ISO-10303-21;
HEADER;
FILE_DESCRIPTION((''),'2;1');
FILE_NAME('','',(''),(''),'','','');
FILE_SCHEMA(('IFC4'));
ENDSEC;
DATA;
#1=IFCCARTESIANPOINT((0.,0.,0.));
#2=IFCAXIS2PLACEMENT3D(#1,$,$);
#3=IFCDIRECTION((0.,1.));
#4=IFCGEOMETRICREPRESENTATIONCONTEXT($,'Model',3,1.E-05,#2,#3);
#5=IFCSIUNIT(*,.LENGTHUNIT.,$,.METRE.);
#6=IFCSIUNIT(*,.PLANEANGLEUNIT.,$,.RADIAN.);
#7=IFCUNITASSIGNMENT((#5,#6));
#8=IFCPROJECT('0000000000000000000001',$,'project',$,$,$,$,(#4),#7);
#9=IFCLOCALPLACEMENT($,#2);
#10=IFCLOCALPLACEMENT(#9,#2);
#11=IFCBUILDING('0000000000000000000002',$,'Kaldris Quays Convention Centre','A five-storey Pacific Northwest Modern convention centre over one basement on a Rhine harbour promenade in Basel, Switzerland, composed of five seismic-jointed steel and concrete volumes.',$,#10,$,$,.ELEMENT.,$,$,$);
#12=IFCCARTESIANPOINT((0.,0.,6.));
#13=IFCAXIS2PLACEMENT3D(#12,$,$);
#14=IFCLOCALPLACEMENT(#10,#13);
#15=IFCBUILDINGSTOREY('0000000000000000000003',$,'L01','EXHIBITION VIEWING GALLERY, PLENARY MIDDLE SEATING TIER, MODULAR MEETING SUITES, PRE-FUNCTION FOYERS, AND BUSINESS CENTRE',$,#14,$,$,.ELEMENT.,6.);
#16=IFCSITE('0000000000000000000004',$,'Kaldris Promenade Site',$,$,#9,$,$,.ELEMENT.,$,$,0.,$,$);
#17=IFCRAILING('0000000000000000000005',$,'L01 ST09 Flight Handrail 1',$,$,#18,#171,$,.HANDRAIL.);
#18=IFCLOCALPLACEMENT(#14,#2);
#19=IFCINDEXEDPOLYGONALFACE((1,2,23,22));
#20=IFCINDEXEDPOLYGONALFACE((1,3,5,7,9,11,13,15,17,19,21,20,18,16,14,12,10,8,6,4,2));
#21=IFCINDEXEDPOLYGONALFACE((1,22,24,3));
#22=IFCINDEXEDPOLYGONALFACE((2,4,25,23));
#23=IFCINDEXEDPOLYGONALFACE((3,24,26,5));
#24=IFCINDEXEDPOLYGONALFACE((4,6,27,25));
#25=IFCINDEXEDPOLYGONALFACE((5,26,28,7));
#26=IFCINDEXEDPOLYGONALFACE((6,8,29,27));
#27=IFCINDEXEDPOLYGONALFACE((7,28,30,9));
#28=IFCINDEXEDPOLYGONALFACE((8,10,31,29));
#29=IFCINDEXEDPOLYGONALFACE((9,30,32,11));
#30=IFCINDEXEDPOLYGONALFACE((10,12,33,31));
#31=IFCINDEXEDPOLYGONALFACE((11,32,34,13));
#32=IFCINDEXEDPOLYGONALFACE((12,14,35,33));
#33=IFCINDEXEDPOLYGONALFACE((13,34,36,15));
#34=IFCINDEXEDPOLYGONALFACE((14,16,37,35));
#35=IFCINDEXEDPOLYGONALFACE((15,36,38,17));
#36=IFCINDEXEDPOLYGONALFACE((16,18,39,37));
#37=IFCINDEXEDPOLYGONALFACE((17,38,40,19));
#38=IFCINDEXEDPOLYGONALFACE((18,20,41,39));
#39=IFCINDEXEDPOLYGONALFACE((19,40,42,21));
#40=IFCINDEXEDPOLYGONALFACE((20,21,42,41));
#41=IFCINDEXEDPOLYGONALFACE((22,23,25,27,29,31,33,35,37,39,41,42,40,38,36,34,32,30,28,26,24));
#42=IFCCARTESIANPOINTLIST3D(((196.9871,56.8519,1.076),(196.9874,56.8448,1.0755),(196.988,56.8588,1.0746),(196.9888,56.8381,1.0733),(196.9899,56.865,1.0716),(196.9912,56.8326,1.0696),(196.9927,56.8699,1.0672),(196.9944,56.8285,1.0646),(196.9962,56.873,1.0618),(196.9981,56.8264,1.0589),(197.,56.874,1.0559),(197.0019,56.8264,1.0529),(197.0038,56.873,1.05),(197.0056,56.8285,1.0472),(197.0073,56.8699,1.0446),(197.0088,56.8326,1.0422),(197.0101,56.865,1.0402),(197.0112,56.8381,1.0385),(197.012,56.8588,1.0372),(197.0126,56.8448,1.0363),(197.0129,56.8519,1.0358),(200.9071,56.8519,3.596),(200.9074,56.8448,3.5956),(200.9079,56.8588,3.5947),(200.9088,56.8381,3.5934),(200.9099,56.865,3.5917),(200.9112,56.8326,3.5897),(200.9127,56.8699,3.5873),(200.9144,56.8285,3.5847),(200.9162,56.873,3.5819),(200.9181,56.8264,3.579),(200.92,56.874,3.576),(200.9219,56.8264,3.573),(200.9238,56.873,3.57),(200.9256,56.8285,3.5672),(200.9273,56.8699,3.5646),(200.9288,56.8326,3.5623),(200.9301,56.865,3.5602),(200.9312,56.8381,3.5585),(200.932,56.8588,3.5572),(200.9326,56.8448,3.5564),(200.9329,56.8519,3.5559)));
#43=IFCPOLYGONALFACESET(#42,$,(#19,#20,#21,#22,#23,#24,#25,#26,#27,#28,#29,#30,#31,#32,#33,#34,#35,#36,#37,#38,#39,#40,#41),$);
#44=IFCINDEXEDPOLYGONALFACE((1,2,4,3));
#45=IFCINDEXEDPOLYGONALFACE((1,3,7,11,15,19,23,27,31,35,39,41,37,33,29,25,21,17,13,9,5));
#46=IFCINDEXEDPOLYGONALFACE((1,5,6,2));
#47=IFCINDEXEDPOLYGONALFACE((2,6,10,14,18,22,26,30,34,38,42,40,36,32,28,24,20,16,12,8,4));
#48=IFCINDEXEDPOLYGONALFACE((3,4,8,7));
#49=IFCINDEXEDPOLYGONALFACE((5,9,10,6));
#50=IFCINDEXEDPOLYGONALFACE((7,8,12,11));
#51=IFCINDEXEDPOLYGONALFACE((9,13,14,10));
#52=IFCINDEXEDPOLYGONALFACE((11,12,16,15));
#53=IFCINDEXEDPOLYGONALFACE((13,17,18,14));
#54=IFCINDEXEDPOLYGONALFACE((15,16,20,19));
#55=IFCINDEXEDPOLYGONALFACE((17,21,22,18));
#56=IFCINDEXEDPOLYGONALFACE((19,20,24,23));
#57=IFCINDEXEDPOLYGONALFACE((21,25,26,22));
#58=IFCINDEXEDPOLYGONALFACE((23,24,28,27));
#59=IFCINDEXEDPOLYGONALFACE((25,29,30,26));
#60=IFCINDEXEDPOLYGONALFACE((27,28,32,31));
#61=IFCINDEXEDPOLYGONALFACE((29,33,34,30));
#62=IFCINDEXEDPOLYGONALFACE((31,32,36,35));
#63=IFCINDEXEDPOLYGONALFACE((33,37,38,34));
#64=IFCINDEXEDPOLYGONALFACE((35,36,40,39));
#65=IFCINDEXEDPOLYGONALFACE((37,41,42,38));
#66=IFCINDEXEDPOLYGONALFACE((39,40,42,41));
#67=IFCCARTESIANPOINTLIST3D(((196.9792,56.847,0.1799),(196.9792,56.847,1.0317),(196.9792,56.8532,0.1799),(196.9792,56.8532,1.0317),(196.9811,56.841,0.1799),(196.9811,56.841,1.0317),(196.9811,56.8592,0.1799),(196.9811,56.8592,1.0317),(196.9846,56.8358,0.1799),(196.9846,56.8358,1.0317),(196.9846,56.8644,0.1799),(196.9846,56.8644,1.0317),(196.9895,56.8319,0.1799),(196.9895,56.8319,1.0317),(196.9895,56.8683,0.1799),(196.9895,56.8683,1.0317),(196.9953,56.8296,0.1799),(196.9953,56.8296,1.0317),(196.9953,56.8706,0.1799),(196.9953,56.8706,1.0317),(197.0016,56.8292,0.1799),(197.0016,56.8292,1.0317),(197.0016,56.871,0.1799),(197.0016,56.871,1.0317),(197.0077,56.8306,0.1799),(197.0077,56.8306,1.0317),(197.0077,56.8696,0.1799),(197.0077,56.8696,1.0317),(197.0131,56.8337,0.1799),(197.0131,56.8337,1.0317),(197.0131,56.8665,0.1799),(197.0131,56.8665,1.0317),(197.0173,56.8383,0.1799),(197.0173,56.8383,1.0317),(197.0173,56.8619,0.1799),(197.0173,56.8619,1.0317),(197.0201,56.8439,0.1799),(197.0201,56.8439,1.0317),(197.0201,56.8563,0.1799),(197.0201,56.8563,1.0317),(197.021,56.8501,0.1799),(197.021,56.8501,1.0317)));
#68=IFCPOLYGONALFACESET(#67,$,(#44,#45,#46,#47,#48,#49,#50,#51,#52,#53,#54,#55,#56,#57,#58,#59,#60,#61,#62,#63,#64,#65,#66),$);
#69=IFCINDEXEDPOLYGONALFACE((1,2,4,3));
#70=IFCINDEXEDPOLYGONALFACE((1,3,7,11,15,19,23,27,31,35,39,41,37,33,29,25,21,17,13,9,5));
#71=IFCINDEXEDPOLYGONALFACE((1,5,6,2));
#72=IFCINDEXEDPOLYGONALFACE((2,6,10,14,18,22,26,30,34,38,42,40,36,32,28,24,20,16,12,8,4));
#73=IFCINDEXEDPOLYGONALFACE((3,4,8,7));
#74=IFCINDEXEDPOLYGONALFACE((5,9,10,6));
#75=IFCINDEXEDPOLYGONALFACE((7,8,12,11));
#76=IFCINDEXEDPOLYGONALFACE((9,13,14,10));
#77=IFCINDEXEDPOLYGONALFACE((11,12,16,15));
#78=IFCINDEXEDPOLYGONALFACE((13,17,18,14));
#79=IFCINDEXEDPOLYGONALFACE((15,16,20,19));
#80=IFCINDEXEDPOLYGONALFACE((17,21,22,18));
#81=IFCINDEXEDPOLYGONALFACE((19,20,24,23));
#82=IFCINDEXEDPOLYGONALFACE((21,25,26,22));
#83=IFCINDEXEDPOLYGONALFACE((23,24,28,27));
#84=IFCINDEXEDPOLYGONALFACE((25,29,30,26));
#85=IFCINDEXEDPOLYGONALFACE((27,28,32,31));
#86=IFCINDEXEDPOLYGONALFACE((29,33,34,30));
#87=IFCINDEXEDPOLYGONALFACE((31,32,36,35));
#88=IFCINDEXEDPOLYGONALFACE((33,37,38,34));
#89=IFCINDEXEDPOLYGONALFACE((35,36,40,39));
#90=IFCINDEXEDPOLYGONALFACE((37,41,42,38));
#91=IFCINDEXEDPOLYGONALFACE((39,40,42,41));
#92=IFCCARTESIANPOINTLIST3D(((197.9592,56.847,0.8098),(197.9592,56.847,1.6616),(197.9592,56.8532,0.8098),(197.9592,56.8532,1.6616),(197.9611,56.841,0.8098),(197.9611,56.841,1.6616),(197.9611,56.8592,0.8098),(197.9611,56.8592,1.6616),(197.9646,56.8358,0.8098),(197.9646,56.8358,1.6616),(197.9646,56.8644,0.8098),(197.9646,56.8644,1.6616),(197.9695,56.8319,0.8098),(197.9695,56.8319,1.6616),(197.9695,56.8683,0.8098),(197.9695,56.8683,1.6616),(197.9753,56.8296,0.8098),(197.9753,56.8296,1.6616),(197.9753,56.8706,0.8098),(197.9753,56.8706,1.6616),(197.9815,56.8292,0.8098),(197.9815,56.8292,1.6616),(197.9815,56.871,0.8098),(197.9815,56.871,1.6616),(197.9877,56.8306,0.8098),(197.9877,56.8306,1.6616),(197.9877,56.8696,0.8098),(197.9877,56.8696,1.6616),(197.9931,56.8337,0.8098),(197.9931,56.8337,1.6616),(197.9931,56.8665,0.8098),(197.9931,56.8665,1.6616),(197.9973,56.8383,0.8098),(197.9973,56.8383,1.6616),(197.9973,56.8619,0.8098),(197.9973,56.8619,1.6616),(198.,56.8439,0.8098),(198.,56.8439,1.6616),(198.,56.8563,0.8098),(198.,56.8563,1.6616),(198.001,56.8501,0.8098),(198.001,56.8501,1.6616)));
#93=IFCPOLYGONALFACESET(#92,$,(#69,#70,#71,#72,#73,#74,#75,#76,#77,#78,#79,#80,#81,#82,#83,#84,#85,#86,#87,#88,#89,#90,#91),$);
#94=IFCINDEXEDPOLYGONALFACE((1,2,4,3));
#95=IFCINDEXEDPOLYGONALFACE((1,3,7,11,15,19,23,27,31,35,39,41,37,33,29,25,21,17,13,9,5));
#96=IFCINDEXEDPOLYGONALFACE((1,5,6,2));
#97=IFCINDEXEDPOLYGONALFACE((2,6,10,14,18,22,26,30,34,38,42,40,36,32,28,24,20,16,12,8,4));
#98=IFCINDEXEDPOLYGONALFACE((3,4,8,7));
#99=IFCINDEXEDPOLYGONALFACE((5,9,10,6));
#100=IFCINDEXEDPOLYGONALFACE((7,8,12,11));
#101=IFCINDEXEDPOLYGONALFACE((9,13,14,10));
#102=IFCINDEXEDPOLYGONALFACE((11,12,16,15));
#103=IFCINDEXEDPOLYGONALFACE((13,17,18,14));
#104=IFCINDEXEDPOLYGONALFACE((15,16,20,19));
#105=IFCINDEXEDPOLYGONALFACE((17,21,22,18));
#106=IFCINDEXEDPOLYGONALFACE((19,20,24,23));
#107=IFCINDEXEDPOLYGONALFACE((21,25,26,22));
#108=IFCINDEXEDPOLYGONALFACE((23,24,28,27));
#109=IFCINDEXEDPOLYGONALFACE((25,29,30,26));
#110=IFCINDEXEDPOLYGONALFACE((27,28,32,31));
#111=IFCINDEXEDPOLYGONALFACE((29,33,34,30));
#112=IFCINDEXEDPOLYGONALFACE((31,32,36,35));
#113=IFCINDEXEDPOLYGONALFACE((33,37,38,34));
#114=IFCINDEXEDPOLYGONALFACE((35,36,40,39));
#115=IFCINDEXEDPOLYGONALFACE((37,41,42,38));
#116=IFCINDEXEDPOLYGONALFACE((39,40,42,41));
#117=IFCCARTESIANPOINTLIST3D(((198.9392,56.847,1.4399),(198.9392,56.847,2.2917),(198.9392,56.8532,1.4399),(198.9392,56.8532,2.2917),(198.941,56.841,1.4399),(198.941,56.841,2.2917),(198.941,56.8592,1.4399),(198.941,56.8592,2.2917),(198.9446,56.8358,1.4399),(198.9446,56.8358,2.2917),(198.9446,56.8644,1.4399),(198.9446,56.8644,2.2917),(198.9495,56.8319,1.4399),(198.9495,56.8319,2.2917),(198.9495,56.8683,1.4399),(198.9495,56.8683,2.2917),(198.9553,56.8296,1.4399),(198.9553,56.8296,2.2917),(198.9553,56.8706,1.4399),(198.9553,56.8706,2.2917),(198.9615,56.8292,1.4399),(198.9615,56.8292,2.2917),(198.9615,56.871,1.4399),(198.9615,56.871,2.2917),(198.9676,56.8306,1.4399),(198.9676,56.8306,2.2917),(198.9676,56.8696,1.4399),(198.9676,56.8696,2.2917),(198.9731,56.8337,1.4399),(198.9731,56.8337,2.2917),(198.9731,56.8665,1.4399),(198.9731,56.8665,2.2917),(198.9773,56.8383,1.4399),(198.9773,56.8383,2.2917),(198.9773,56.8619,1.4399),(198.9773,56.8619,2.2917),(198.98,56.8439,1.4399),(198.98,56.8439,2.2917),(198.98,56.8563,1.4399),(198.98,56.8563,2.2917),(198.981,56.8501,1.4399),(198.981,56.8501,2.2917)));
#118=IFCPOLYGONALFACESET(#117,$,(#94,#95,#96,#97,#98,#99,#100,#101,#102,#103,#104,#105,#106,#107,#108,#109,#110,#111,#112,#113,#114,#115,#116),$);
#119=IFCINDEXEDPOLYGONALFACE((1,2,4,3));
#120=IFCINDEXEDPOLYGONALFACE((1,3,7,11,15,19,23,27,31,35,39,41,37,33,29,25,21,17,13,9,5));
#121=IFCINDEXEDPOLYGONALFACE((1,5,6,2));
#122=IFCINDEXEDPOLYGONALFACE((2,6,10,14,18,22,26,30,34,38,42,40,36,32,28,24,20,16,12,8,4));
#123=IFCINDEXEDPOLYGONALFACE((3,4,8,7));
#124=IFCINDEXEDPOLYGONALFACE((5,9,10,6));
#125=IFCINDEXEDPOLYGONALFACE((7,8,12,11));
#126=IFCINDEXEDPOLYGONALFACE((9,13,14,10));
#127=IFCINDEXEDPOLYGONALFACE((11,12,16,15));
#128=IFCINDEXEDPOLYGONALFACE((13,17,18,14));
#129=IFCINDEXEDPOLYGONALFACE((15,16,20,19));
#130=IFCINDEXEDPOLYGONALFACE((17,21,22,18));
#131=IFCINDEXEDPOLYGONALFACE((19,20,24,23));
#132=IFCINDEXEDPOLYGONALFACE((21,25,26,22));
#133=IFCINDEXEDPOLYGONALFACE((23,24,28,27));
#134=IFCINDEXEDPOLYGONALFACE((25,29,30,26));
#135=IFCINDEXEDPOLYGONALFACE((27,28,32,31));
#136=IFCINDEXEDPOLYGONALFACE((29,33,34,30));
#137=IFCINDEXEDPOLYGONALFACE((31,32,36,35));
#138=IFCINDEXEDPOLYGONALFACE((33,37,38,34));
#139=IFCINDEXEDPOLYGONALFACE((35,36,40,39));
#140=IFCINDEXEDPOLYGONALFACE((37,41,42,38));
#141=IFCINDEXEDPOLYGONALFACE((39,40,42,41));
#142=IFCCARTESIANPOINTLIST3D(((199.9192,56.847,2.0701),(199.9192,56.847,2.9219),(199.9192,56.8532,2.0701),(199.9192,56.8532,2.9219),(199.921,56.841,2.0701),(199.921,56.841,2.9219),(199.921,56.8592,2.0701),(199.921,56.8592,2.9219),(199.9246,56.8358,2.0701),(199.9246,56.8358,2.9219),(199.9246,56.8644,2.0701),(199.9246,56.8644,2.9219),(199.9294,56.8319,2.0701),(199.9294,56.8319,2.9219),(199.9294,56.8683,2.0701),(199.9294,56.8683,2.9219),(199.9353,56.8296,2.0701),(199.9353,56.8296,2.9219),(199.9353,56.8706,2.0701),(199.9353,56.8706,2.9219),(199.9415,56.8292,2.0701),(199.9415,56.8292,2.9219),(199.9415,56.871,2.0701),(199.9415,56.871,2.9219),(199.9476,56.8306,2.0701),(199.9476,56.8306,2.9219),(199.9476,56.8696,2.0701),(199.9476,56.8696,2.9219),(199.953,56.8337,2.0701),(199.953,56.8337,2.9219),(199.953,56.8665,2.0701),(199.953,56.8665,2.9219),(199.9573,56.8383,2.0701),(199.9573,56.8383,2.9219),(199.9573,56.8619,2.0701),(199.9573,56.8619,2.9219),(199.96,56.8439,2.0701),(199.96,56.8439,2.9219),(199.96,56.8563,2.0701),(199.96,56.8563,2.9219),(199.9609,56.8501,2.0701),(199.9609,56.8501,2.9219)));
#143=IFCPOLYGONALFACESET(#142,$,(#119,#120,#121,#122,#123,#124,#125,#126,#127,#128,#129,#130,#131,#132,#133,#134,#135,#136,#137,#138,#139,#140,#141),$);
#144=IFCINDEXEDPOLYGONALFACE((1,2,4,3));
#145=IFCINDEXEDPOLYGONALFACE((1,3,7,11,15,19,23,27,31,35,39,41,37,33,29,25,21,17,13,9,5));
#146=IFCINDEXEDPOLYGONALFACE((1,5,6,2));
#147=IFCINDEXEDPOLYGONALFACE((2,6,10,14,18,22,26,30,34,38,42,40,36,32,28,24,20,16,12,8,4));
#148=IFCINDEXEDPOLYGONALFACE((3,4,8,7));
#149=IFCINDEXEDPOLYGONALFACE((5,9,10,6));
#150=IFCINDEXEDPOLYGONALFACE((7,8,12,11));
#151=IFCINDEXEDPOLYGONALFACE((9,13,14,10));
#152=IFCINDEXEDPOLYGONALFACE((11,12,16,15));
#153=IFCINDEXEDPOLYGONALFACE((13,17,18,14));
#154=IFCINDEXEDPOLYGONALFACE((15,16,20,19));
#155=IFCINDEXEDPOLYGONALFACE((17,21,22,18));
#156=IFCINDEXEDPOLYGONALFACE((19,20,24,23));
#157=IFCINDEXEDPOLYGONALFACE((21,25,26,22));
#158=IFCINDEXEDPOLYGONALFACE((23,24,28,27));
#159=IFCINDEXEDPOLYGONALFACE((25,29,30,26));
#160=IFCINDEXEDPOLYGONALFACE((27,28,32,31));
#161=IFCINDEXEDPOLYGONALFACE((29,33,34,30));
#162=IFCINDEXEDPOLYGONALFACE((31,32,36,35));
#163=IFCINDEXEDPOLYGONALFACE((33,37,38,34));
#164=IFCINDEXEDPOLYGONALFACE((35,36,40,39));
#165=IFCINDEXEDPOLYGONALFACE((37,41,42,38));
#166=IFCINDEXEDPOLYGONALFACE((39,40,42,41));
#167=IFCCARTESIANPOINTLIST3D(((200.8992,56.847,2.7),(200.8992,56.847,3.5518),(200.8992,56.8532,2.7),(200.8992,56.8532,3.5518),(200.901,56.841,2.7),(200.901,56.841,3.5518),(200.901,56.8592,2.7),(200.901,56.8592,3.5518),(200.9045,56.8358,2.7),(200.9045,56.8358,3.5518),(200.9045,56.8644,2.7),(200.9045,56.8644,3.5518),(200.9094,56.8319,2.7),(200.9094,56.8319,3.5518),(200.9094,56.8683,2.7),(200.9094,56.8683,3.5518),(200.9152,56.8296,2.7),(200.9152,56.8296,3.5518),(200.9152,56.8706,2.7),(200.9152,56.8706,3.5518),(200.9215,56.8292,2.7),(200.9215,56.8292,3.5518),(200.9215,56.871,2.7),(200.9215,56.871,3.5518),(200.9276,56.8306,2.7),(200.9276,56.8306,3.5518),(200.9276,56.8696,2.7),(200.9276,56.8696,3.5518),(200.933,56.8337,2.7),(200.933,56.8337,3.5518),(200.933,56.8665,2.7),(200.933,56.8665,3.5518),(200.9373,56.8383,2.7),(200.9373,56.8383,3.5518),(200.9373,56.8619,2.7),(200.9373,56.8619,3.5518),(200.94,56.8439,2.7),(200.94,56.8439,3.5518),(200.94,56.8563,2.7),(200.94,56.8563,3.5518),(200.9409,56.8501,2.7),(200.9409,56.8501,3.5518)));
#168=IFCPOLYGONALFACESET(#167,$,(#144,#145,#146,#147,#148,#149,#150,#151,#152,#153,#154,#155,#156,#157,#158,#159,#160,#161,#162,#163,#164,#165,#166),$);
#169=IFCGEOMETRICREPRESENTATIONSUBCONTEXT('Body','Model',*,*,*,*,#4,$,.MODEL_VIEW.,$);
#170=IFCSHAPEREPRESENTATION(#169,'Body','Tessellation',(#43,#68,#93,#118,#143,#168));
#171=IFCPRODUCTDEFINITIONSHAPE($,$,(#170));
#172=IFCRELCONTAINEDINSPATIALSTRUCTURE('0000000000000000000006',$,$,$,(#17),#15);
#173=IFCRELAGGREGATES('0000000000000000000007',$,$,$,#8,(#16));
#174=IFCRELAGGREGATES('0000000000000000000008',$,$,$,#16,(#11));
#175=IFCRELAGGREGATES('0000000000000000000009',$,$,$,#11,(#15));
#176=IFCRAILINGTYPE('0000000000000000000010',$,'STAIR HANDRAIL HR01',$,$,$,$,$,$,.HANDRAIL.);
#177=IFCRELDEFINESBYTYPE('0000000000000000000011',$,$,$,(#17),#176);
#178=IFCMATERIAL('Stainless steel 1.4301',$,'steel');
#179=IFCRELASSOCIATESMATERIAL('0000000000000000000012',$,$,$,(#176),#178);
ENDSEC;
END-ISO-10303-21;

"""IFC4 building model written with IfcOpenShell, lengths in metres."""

from ifc_helpers import new_model, si_unit, direction, frame, origin, origin_2d, place, context, subcontext, project, spatial, circle, extrude, material, type_object, element, save


model = new_model("IFC4")

# Units and contexts
model_context = context("Model", 3, precision=1e-05, world=origin(), true_north=direction((0.0, 1.0)))
body_context = subcontext(model_context, "Body", "Model", "MODEL_VIEW")
ifc_project = project(units=[si_unit("LENGTHUNIT", "METRE"), si_unit("PLANEANGLEUNIT", "RADIAN")], contexts=[model_context])

# Site, building, storey
site_placement = place(None, origin())
site = spatial("IfcSite", under=ifc_project, at=site_placement, Name="Kaldris Promenade Site", CompositionType="ELEMENT", RefElevation=0.0)
building_placement = place(site_placement, origin())
building = spatial("IfcBuilding", under=site, at=building_placement, Name="Kaldris Quays Convention Centre", Description="A five-storey Pacific Northwest Modern convention centre over one basement on a Rhine harbour promenade in Basel, Switzerland, composed of five seismic-jointed steel and concrete volumes.", CompositionType="ELEMENT")
storey_placement = place(building_placement, frame((0.0, 0.0, 6.0)))
storey = spatial("IfcBuildingStorey", under=building, at=storey_placement, Name="L01", Description="EXHIBITION VIEWING GALLERY, PLENARY MIDDLE SEATING TIER, MODULAR MEETING SUITES, PRE-FUNCTION FOYERS, AND BUSINESS CENTRE", CompositionType="ELEMENT", Elevation=6.0)

# Railing
ifc_material_1 = material(Name="Stainless steel 1.4301", Category="steel")
railing_type = type_object("IfcRailingType", Name="STAIR HANDRAIL HR01", PredefinedType="HANDRAIL", material=ifc_material_1)
railing_placement = place(storey_placement, frame((197.0, 56.8501, 0.1799)))
element("IfcRailing", 1, at=railing_placement, inside=storey, type_object=railing_type, Name="L01 ST09 Flight Handrail 1", PredefinedType="HANDRAIL", context=body_context, shape_type="SweptSolid", body=[
    extrude(circle(Radius=0.0239, at=origin_2d()), frame((0.0, 0.0, 0.876), z_axis=(0.841172, 0.0, 0.540768), x_axis=(0.0, 1.0, 0.0)), (0.0, 0.0, 1.0), 4.6602),
    extrude(circle(Radius=0.021, at=origin_2d()), origin(), (0.0, 0.0, 1.0), 0.8518),
    extrude(circle(Radius=0.021, at=origin_2d()), frame((0.98, 0.0, 0.6299)), (0.0, 0.0, 1.0), 0.8518),
    extrude(circle(Radius=0.021, at=origin_2d()), frame((1.96, 0.0, 1.26)), (0.0, 0.0, 1.0), 0.8518),
    extrude(circle(Radius=0.021, at=origin_2d()), frame((2.9399, 0.0, 1.8901)), (0.0, 0.0, 1.0), 0.8518),
    extrude(circle(Radius=0.021, at=origin_2d()), frame((3.9199, 0.0, 2.52)), (0.0, 0.0, 1.0), 0.8518),
])

save(model, "model.ifc")
